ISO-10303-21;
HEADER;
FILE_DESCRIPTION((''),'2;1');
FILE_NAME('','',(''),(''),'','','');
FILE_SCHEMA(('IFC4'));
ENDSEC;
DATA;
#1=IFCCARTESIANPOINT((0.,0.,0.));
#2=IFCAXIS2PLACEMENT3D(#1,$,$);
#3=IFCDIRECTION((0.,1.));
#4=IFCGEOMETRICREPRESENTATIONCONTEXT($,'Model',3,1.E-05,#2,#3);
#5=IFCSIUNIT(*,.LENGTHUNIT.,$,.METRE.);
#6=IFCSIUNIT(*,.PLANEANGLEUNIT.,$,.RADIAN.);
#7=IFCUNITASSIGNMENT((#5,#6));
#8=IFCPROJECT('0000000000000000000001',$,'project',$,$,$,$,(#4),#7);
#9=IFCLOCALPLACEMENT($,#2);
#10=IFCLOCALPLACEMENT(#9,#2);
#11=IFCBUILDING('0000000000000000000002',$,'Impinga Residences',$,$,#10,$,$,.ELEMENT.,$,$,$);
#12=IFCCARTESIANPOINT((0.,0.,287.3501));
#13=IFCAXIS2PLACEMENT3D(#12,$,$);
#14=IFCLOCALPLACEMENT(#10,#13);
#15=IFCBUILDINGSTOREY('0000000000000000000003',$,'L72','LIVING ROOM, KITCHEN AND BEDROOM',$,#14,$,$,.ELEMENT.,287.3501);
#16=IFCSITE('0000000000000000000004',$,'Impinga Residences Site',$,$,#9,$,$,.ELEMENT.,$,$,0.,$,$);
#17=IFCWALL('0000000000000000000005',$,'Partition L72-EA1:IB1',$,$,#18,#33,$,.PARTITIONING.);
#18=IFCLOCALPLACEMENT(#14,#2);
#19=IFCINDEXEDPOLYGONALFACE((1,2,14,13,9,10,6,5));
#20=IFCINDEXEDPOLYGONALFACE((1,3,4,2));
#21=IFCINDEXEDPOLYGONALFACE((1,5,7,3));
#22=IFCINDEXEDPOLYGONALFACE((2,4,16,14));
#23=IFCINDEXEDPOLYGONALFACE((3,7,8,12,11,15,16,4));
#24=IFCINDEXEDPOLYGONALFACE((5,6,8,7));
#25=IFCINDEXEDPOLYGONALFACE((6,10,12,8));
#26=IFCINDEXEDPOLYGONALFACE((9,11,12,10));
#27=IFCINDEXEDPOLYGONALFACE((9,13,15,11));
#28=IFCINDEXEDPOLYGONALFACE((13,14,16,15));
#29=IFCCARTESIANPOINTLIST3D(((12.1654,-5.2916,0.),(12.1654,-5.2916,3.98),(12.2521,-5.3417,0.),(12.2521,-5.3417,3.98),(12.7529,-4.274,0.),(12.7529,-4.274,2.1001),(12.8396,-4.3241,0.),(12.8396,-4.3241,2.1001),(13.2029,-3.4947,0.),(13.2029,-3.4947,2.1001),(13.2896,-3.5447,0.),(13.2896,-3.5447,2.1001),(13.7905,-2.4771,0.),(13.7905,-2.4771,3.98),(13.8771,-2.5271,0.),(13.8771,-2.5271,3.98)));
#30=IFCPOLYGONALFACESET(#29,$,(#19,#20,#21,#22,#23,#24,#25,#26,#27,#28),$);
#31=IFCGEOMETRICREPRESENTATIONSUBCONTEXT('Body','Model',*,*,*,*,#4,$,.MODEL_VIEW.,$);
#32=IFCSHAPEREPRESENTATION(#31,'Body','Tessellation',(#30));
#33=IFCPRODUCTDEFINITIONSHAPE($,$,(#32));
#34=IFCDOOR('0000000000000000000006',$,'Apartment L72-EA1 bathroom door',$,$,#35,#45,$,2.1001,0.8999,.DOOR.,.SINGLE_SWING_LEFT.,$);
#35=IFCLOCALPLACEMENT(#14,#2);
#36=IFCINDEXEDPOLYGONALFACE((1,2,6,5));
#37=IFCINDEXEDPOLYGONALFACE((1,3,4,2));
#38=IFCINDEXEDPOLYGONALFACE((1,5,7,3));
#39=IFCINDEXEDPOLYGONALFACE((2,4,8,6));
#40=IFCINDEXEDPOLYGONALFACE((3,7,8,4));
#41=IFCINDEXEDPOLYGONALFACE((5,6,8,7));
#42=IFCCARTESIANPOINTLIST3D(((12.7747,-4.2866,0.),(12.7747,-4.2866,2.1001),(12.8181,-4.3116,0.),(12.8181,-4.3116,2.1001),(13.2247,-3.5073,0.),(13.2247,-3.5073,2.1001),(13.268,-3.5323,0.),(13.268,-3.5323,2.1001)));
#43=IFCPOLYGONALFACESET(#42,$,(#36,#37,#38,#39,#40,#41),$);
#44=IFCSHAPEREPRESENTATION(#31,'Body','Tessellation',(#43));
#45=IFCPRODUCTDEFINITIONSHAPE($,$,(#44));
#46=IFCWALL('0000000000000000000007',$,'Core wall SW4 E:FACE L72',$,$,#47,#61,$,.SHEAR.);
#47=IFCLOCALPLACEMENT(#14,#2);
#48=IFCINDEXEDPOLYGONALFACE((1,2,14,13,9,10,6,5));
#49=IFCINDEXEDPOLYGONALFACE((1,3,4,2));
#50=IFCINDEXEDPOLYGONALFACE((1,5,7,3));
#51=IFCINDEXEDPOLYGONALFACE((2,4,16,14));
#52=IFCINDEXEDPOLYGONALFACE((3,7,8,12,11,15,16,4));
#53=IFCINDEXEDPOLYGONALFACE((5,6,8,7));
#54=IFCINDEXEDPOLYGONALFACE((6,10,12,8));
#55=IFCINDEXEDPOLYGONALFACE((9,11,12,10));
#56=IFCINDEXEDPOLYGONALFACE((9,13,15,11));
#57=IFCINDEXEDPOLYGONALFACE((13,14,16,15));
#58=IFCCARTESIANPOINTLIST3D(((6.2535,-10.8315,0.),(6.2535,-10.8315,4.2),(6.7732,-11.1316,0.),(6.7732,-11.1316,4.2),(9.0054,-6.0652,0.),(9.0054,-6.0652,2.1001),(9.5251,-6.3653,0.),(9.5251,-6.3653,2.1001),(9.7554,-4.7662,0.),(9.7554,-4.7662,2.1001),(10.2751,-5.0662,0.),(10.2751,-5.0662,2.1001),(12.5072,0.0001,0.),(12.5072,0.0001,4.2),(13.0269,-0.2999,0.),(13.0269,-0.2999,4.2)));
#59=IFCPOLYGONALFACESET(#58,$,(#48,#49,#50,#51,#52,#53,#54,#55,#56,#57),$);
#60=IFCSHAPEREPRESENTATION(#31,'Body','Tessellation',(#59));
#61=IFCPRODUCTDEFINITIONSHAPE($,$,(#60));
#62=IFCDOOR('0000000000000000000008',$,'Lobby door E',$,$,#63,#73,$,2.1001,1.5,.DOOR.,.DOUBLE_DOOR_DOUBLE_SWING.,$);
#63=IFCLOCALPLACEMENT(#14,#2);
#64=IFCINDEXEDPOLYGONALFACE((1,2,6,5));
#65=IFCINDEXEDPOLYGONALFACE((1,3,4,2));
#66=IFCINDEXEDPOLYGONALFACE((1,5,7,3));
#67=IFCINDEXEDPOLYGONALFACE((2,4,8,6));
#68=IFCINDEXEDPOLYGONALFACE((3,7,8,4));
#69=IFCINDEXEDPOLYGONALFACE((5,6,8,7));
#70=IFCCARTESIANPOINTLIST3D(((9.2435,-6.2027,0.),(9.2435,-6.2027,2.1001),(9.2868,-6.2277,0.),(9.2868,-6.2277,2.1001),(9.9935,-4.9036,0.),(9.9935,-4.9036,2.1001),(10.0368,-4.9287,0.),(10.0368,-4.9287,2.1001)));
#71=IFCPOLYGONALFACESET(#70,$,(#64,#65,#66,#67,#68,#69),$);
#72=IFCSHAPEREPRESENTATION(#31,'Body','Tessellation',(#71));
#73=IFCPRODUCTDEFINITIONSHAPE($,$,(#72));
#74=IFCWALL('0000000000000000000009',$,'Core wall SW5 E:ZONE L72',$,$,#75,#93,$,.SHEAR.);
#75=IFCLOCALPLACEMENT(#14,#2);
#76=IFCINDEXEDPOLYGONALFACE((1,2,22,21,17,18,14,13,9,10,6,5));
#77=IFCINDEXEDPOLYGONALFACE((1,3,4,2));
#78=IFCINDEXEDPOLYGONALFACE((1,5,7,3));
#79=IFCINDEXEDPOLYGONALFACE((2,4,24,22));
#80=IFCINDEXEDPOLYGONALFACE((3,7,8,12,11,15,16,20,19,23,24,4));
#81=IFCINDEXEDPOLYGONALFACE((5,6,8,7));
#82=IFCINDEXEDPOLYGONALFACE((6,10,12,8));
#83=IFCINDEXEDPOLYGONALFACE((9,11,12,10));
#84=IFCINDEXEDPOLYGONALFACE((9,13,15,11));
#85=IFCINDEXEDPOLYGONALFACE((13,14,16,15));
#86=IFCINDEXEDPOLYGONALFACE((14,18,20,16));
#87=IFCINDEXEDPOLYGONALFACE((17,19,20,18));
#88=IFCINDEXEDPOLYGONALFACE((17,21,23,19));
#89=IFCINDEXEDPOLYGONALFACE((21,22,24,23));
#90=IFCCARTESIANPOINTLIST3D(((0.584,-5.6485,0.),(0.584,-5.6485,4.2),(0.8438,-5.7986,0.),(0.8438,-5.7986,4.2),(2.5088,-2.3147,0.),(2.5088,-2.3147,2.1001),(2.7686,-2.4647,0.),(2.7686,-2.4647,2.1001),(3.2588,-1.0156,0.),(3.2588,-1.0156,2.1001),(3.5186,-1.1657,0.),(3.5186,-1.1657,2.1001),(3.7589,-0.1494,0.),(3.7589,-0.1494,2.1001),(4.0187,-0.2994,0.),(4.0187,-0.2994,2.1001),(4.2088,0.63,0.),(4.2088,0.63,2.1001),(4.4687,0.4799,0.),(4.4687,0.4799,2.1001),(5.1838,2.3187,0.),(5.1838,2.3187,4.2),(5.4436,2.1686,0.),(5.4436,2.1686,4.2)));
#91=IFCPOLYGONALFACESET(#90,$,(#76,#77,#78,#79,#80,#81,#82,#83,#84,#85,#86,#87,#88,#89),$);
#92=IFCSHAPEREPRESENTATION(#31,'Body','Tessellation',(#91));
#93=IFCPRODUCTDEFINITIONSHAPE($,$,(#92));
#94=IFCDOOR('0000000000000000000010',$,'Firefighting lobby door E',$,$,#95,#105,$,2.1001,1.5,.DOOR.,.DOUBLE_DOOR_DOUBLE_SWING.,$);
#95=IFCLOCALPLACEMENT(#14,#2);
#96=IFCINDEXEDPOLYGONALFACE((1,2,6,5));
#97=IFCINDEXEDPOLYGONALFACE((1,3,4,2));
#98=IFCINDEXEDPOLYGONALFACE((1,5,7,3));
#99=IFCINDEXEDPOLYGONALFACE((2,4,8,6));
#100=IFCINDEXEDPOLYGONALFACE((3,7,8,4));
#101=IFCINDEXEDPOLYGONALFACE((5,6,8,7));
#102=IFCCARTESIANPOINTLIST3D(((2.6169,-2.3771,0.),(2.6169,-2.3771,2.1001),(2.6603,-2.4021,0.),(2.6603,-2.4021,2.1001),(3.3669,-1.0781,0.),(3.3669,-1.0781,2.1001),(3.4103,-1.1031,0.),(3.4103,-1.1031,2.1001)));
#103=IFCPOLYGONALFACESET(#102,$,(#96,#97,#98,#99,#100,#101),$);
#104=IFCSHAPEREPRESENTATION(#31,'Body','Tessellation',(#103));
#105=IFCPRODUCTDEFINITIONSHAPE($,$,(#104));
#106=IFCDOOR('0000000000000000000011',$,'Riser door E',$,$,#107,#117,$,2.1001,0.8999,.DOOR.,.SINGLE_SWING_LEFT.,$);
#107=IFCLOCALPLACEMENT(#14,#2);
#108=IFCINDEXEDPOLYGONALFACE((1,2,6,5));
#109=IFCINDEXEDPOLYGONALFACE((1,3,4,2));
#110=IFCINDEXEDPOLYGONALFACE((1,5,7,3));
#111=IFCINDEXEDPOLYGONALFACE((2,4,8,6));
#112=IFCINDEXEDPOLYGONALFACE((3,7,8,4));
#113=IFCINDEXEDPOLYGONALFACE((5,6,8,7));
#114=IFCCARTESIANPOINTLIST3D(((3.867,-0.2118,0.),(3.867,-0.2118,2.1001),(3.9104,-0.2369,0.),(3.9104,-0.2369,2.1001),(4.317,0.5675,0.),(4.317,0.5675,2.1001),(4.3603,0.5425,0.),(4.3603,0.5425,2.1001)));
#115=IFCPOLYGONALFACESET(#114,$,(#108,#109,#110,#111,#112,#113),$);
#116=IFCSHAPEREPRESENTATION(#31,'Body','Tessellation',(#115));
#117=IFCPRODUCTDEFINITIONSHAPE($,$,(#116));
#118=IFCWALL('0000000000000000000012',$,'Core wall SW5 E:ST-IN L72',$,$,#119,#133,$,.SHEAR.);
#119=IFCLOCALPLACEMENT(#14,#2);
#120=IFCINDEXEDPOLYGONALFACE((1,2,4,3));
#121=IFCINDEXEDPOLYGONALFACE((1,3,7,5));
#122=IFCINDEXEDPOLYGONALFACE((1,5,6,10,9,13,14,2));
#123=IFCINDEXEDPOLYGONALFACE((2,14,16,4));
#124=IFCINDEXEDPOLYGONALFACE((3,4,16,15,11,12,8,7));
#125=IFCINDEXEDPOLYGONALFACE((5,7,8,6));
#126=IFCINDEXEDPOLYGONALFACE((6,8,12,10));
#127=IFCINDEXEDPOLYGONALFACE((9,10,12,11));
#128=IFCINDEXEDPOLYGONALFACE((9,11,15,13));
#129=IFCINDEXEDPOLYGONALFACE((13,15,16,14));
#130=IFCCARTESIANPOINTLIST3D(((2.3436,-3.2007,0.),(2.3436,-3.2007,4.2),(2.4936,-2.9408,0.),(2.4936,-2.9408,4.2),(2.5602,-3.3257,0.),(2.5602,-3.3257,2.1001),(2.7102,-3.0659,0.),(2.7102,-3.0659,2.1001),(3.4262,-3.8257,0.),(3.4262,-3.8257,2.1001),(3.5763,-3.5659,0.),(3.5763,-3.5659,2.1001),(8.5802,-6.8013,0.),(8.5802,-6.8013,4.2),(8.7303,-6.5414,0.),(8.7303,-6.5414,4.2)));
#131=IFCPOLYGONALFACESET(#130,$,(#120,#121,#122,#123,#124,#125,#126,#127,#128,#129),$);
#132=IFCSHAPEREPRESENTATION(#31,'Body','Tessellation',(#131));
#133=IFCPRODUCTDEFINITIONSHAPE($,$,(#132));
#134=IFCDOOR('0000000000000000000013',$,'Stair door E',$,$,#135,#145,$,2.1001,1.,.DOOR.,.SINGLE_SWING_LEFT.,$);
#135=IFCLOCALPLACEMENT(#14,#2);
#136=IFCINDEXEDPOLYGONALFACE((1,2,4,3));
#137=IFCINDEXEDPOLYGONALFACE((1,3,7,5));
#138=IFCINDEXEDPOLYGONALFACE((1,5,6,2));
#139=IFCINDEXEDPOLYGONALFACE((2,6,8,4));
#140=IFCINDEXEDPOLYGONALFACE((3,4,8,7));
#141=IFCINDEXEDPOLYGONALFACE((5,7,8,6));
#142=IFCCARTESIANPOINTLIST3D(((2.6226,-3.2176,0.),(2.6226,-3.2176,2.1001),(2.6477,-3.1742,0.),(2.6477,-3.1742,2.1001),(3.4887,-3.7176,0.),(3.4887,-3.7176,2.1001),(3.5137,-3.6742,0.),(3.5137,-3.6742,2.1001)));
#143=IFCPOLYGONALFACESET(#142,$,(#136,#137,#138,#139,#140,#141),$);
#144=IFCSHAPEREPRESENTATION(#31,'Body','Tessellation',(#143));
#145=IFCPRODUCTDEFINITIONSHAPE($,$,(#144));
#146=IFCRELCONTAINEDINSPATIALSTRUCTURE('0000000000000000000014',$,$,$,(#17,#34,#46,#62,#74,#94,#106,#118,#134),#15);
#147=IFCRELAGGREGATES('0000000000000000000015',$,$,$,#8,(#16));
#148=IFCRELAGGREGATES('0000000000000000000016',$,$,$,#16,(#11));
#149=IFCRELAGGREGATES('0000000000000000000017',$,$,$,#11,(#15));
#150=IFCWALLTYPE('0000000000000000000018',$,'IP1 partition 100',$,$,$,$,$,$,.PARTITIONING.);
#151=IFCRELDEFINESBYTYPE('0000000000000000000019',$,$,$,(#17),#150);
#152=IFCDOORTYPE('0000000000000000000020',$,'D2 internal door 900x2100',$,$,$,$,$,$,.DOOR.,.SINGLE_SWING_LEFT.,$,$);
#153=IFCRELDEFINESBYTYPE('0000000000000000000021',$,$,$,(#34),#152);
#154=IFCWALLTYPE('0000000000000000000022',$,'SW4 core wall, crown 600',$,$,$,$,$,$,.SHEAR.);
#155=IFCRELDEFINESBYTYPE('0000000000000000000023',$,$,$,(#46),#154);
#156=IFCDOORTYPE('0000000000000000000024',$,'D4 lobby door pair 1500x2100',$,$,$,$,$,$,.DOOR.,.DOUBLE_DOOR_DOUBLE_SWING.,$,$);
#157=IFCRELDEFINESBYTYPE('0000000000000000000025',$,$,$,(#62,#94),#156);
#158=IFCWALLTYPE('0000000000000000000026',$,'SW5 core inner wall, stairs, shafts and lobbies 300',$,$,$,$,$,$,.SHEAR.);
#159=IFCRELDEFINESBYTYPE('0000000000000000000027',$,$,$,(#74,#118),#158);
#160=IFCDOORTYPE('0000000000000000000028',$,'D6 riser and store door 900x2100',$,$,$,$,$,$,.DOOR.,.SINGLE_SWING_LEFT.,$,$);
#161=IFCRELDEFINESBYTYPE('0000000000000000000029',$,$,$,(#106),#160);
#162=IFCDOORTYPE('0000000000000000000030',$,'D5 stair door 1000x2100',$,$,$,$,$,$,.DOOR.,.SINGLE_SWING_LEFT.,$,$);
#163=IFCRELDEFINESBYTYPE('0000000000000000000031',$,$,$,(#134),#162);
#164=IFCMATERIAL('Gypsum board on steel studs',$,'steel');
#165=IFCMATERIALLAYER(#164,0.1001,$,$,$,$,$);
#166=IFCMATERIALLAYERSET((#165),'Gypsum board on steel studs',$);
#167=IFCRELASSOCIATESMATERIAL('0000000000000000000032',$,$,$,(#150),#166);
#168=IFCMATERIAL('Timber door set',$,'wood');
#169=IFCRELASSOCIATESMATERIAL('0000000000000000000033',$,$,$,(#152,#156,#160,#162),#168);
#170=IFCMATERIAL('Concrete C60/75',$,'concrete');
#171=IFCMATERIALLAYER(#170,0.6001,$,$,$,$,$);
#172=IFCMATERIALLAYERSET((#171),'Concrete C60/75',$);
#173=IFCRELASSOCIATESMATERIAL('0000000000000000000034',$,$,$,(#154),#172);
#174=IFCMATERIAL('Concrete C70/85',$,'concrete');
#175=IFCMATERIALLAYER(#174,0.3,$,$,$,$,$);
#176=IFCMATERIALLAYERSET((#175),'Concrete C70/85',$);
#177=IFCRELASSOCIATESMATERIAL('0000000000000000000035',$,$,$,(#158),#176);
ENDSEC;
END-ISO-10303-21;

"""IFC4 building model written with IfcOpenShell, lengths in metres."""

from ifc_helpers import new_model, si_unit, direction, frame, frame_2d, origin, place, context, subcontext, project, spatial, rectangle, extrude, material, layer, layer_set, type_object, element, fill, save


model = new_model("IFC4")

# Units and contexts
model_context = context("Model", 3, precision=1e-05, world=origin(), true_north=direction((0.0, 1.0)))
body_context = subcontext(model_context, "Body", "Model", "MODEL_VIEW")
ifc_project = project(units=[si_unit("LENGTHUNIT", "METRE"), si_unit("PLANEANGLEUNIT", "RADIAN")], contexts=[model_context])

# Site, building, storey
site_placement = place(None, origin())
site = spatial("IfcSite", under=ifc_project, at=site_placement, Name="Impinga Residences Site", CompositionType="ELEMENT", RefElevation=0.0)
building_placement = place(site_placement, origin())
building = spatial("IfcBuilding", under=site, at=building_placement, Name="Impinga Residences", CompositionType="ELEMENT")
storey_placement = place(building_placement, frame((0.0, 0.0, 287.3501)))
storey = spatial("IfcBuildingStorey", under=building, at=storey_placement, Name="L72", Description="LIVING ROOM, KITCHEN AND BEDROOM", CompositionType="ELEMENT", Elevation=287.3501)

# Shared definitions
ifc_material_1 = material(Name="Concrete C60/75", Category="concrete")
ifc_material_2 = material(Name="Timber door set", Category="wood")

# Shared definitions
ifc_material_3 = material(Name="Gypsum board on steel studs", Category="steel")
ifc_layer_1 = layer(ifc_material_3, 0.1001)
ifc_layer_set_1 = layer_set([ifc_layer_1], Name="Gypsum board on steel studs")
wall_type_1 = type_object("IfcWallType", Name="IP1 partition 100", PredefinedType="PARTITIONING", material=ifc_layer_set_1)

# Shared definitions
door_type_1 = type_object("IfcDoorType", Name="D2 internal door 900x2100", OperationType="SINGLE_SWING_LEFT", PredefinedType="DOOR", material=ifc_material_2)

# Walls, openings, doors
wall_1_placement = place(storey_placement, frame((12.2087, -5.3167, 0.0), z_axis=(0.0, 0.0, 1.0), x_axis=(0.500017, 0.866015, 0.0)))
wall_1 = element("IfcWall", 1, at=wall_1_placement, inside=storey, type_object=wall_type_1, Name="Partition L72-EA1:IB1", PredefinedType="PARTITIONING", context=body_context, shape_type="SweptSolid", body=[
    extrude(rectangle(XDim=3.25, YDim=0.1001, at=frame_2d((1.625, 0.0))), origin(), (0.0, 0.0, 1.0), 3.98),
])
opening_1_placement = place(wall_1_placement, frame((1.175, 0.0, 0.0)))
opening_1 = element("IfcOpeningElement", 2, at=opening_1_placement, cuts=wall_1, PredefinedType="OPENING", context=body_context, shape_type="SweptSolid", body=[
    extrude(rectangle(XDim=0.8999, YDim=2.1001, at=frame_2d((0.45, 1.05))), frame((0.0, 0.0601, 0.0), z_axis=(0.0, -1.0, 0.0), x_axis=(1.0, 0.0, 0.0)), (0.0, 0.0, 1.0), 0.1201),
])
door_1_placement = place(opening_1_placement, origin())
door_1 = element("IfcDoor", 3, at=door_1_placement, inside=storey, type_object=door_type_1, Name="Apartment L72-EA1 bathroom door", OperationType="SINGLE_SWING_LEFT", OverallHeight=2.1001, OverallWidth=0.8999, PredefinedType="DOOR", context=body_context, shape_type="SweptSolid", body=[
    extrude(rectangle(XDim=0.8999, YDim=2.1001, at=frame_2d((0.45, 1.05))), frame((0.0, 0.0249, 0.0), z_axis=(0.0, -1.0, 0.0), x_axis=(1.0, 0.0, 0.0)), (0.0, 0.0, 1.0), 0.05),
])
fill(opening_1, door_1)
ifc_layer_2 = layer(ifc_material_1, 0.6001)
ifc_layer_set_2 = layer_set([ifc_layer_2], Name="Concrete C60/75")
wall_type_2 = type_object("IfcWallType", Name="SW4 core wall, crown 600", PredefinedType="SHEAR", material=ifc_layer_set_2)
wall_2_placement = place(storey_placement, frame((12.7671, -0.1499, 0.0), z_axis=(0.0, 0.0, 1.0), x_axis=(-0.500004, -0.866023, 0.0)))
wall_2 = element("IfcWall", 4, at=wall_2_placement, inside=storey, type_object=wall_type_2, Name="Core wall SW4 E:FACE L72", PredefinedType="SHEAR", context=body_context, shape_type="SweptSolid", body=[
    extrude(rectangle(XDim=12.5073, YDim=0.6001, at=frame_2d((6.2537, 0.0))), origin(), (0.0, 0.0, 1.0), 4.2),
])
opening_2_placement = place(wall_2_placement, frame((5.5037, 0.0, 0.0)))
opening_2 = element("IfcOpeningElement", 5, at=opening_2_placement, cuts=wall_2, PredefinedType="OPENING", context=body_context, shape_type="SweptSolid", body=[
    extrude(rectangle(XDim=1.5, YDim=2.1001, at=frame_2d((0.75, 1.05))), frame((0.0, 0.3101, 0.0), z_axis=(0.0, -1.0, 0.0), x_axis=(1.0, 0.0, 0.0)), (0.0, 0.0, 1.0), 0.6201),
])
door_type_2 = type_object("IfcDoorType", Name="D4 lobby door pair 1500x2100", OperationType="DOUBLE_DOOR_DOUBLE_SWING", PredefinedType="DOOR", material=ifc_material_2)
door_2_placement = place(opening_2_placement, origin())
door_2 = element("IfcDoor", 6, at=door_2_placement, inside=storey, type_object=door_type_2, Name="Lobby door E", OperationType="DOUBLE_DOOR_DOUBLE_SWING", OverallHeight=2.1001, OverallWidth=1.5, PredefinedType="DOOR", context=body_context, shape_type="SweptSolid", body=[
    extrude(rectangle(XDim=1.5, YDim=2.1001, at=frame_2d((0.75, 1.05))), frame((0.0, 0.0249, 0.0), z_axis=(0.0, -1.0, 0.0), x_axis=(1.0, 0.0, 0.0)), (0.0, 0.0, 1.0), 0.05),
])
fill(opening_2, door_2)

# Wall, openings, doors
ifc_material_4 = material(Name="Concrete C70/85", Category="concrete")
ifc_layer_3 = layer(ifc_material_4, 0.3)
ifc_layer_set_3 = layer_set([ifc_layer_3], Name="Concrete C70/85")
wall_type_3 = type_object("IfcWallType", Name="SW5 core inner wall, stairs, shafts and lobbies 300", PredefinedType="SHEAR", material=ifc_layer_set_3)
wall_3_placement = place(storey_placement, frame((5.3137, 2.2437, 0.0), z_axis=(0.0, 0.0, 1.0), x_axis=(-0.499995, -0.866028, 0.0)))
wall_3 = element("IfcWall", 7, at=wall_3_placement, inside=storey, type_object=wall_type_3, Name="Core wall SW5 E:ZONE L72", PredefinedType="SHEAR", context=body_context, shape_type="SweptSolid", body=[
    extrude(rectangle(XDim=9.1997, YDim=0.3, at=frame_2d((4.5999, 0.0))), origin(), (0.0, 0.0, 1.0), 4.2),
])
opening_3_placement = place(wall_3_placement, frame((3.8501, 0.0, 0.0)))
opening_3 = element("IfcOpeningElement", 8, at=opening_3_placement, cuts=wall_3, PredefinedType="OPENING", context=body_context, shape_type="SweptSolid", body=[
    extrude(rectangle(XDim=1.5, YDim=2.1001, at=frame_2d((0.75, 1.05))), frame((0.0, 0.1599, 0.0), z_axis=(0.0, -1.0, 0.0), x_axis=(1.0, 0.0, 0.0)), (0.0, 0.0, 1.0), 0.3201),
])
opening_4_placement = place(wall_3_placement, frame((1.95, 0.0, 0.0)))
opening_4 = element("IfcOpeningElement", 9, at=opening_4_placement, cuts=wall_3, PredefinedType="OPENING", context=body_context, shape_type="SweptSolid", body=[
    extrude(rectangle(XDim=0.8999, YDim=2.1001, at=frame_2d((0.45, 1.05))), frame((0.0, 0.1599, 0.0), z_axis=(0.0, -1.0, 0.0), x_axis=(1.0, 0.0, 0.0)), (0.0, 0.0, 1.0), 0.3201),
])
door_3_placement = place(opening_3_placement, origin())
door_3 = element("IfcDoor", 10, at=door_3_placement, inside=storey, type_object=door_type_2, Name="Firefighting lobby door E", OperationType="DOUBLE_DOOR_DOUBLE_SWING", OverallHeight=2.1001, OverallWidth=1.5, PredefinedType="DOOR", context=body_context, shape_type="SweptSolid", body=[
    extrude(rectangle(XDim=1.5, YDim=2.1001, at=frame_2d((0.75, 1.05))), frame((0.0, 0.0249, 0.0), z_axis=(0.0, -1.0, 0.0), x_axis=(1.0, 0.0, 0.0)), (0.0, 0.0, 1.0), 0.05),
])
fill(opening_3, door_3)
door_type_3 = type_object("IfcDoorType", Name="D6 riser and store door 900x2100", OperationType="SINGLE_SWING_LEFT", PredefinedType="DOOR", material=ifc_material_2)
door_4_placement = place(opening_4_placement, origin())
door_4 = element("IfcDoor", 11, at=door_4_placement, inside=storey, type_object=door_type_3, Name="Riser door E", OperationType="SINGLE_SWING_LEFT", OverallHeight=2.1001, OverallWidth=0.8999, PredefinedType="DOOR", context=body_context, shape_type="SweptSolid", body=[
    extrude(rectangle(XDim=0.8999, YDim=2.1001, at=frame_2d((0.45, 1.05))), frame((0.0, 0.0249, 0.0), z_axis=(0.0, -1.0, 0.0), x_axis=(1.0, 0.0, 0.0)), (0.0, 0.0, 1.0), 0.05),
])
fill(opening_4, door_4)

# Wall, opening, door
wall_4_placement = place(storey_placement, frame((2.4187, -3.0708, 0.0), z_axis=(0.0, 0.0, 1.0), x_axis=(0.866031, -0.49999, 0.0)))
wall_4 = element("IfcWall", 12, at=wall_4_placement, inside=storey, type_object=wall_type_3, Name="Core wall SW5 E:ST-IN L72", PredefinedType="SHEAR", context=body_context, shape_type="SweptSolid", body=[
    extrude(rectangle(XDim=7.2014, YDim=0.3, at=frame_2d((3.6006, 0.0))), origin(), (0.0, 0.0, 1.0), 4.2),
])
opening_5_placement = place(wall_4_placement, frame((0.25, 0.0, 0.0)))
opening_5 = element("IfcOpeningElement", 13, at=opening_5_placement, cuts=wall_4, PredefinedType="OPENING", context=body_context, shape_type="SweptSolid", body=[
    extrude(rectangle(XDim=1.0, YDim=2.1001, at=frame_2d((0.5, 1.05))), frame((0.0, 0.1599, 0.0), z_axis=(0.0, -1.0, 0.0), x_axis=(1.0, 0.0, 0.0)), (0.0, 0.0, 1.0), 0.3201),
])
door_type_4 = type_object("IfcDoorType", Name="D5 stair door 1000x2100", OperationType="SINGLE_SWING_LEFT", PredefinedType="DOOR", material=ifc_material_2)
door_5_placement = place(opening_5_placement, origin())
door_5 = element("IfcDoor", 14, at=door_5_placement, inside=storey, type_object=door_type_4, Name="Stair door E", OperationType="SINGLE_SWING_LEFT", OverallHeight=2.1001, OverallWidth=1.0, PredefinedType="DOOR", context=body_context, shape_type="SweptSolid", body=[
    extrude(rectangle(XDim=1.0, YDim=2.1001, at=frame_2d((0.5, 1.05))), frame((0.0, 0.0249, 0.0), z_axis=(0.0, -1.0, 0.0), x_axis=(1.0, 0.0, 0.0)), (0.0, 0.0, 1.0), 0.05),
])
fill(opening_5, door_5)

save(model, "model.ifc")
